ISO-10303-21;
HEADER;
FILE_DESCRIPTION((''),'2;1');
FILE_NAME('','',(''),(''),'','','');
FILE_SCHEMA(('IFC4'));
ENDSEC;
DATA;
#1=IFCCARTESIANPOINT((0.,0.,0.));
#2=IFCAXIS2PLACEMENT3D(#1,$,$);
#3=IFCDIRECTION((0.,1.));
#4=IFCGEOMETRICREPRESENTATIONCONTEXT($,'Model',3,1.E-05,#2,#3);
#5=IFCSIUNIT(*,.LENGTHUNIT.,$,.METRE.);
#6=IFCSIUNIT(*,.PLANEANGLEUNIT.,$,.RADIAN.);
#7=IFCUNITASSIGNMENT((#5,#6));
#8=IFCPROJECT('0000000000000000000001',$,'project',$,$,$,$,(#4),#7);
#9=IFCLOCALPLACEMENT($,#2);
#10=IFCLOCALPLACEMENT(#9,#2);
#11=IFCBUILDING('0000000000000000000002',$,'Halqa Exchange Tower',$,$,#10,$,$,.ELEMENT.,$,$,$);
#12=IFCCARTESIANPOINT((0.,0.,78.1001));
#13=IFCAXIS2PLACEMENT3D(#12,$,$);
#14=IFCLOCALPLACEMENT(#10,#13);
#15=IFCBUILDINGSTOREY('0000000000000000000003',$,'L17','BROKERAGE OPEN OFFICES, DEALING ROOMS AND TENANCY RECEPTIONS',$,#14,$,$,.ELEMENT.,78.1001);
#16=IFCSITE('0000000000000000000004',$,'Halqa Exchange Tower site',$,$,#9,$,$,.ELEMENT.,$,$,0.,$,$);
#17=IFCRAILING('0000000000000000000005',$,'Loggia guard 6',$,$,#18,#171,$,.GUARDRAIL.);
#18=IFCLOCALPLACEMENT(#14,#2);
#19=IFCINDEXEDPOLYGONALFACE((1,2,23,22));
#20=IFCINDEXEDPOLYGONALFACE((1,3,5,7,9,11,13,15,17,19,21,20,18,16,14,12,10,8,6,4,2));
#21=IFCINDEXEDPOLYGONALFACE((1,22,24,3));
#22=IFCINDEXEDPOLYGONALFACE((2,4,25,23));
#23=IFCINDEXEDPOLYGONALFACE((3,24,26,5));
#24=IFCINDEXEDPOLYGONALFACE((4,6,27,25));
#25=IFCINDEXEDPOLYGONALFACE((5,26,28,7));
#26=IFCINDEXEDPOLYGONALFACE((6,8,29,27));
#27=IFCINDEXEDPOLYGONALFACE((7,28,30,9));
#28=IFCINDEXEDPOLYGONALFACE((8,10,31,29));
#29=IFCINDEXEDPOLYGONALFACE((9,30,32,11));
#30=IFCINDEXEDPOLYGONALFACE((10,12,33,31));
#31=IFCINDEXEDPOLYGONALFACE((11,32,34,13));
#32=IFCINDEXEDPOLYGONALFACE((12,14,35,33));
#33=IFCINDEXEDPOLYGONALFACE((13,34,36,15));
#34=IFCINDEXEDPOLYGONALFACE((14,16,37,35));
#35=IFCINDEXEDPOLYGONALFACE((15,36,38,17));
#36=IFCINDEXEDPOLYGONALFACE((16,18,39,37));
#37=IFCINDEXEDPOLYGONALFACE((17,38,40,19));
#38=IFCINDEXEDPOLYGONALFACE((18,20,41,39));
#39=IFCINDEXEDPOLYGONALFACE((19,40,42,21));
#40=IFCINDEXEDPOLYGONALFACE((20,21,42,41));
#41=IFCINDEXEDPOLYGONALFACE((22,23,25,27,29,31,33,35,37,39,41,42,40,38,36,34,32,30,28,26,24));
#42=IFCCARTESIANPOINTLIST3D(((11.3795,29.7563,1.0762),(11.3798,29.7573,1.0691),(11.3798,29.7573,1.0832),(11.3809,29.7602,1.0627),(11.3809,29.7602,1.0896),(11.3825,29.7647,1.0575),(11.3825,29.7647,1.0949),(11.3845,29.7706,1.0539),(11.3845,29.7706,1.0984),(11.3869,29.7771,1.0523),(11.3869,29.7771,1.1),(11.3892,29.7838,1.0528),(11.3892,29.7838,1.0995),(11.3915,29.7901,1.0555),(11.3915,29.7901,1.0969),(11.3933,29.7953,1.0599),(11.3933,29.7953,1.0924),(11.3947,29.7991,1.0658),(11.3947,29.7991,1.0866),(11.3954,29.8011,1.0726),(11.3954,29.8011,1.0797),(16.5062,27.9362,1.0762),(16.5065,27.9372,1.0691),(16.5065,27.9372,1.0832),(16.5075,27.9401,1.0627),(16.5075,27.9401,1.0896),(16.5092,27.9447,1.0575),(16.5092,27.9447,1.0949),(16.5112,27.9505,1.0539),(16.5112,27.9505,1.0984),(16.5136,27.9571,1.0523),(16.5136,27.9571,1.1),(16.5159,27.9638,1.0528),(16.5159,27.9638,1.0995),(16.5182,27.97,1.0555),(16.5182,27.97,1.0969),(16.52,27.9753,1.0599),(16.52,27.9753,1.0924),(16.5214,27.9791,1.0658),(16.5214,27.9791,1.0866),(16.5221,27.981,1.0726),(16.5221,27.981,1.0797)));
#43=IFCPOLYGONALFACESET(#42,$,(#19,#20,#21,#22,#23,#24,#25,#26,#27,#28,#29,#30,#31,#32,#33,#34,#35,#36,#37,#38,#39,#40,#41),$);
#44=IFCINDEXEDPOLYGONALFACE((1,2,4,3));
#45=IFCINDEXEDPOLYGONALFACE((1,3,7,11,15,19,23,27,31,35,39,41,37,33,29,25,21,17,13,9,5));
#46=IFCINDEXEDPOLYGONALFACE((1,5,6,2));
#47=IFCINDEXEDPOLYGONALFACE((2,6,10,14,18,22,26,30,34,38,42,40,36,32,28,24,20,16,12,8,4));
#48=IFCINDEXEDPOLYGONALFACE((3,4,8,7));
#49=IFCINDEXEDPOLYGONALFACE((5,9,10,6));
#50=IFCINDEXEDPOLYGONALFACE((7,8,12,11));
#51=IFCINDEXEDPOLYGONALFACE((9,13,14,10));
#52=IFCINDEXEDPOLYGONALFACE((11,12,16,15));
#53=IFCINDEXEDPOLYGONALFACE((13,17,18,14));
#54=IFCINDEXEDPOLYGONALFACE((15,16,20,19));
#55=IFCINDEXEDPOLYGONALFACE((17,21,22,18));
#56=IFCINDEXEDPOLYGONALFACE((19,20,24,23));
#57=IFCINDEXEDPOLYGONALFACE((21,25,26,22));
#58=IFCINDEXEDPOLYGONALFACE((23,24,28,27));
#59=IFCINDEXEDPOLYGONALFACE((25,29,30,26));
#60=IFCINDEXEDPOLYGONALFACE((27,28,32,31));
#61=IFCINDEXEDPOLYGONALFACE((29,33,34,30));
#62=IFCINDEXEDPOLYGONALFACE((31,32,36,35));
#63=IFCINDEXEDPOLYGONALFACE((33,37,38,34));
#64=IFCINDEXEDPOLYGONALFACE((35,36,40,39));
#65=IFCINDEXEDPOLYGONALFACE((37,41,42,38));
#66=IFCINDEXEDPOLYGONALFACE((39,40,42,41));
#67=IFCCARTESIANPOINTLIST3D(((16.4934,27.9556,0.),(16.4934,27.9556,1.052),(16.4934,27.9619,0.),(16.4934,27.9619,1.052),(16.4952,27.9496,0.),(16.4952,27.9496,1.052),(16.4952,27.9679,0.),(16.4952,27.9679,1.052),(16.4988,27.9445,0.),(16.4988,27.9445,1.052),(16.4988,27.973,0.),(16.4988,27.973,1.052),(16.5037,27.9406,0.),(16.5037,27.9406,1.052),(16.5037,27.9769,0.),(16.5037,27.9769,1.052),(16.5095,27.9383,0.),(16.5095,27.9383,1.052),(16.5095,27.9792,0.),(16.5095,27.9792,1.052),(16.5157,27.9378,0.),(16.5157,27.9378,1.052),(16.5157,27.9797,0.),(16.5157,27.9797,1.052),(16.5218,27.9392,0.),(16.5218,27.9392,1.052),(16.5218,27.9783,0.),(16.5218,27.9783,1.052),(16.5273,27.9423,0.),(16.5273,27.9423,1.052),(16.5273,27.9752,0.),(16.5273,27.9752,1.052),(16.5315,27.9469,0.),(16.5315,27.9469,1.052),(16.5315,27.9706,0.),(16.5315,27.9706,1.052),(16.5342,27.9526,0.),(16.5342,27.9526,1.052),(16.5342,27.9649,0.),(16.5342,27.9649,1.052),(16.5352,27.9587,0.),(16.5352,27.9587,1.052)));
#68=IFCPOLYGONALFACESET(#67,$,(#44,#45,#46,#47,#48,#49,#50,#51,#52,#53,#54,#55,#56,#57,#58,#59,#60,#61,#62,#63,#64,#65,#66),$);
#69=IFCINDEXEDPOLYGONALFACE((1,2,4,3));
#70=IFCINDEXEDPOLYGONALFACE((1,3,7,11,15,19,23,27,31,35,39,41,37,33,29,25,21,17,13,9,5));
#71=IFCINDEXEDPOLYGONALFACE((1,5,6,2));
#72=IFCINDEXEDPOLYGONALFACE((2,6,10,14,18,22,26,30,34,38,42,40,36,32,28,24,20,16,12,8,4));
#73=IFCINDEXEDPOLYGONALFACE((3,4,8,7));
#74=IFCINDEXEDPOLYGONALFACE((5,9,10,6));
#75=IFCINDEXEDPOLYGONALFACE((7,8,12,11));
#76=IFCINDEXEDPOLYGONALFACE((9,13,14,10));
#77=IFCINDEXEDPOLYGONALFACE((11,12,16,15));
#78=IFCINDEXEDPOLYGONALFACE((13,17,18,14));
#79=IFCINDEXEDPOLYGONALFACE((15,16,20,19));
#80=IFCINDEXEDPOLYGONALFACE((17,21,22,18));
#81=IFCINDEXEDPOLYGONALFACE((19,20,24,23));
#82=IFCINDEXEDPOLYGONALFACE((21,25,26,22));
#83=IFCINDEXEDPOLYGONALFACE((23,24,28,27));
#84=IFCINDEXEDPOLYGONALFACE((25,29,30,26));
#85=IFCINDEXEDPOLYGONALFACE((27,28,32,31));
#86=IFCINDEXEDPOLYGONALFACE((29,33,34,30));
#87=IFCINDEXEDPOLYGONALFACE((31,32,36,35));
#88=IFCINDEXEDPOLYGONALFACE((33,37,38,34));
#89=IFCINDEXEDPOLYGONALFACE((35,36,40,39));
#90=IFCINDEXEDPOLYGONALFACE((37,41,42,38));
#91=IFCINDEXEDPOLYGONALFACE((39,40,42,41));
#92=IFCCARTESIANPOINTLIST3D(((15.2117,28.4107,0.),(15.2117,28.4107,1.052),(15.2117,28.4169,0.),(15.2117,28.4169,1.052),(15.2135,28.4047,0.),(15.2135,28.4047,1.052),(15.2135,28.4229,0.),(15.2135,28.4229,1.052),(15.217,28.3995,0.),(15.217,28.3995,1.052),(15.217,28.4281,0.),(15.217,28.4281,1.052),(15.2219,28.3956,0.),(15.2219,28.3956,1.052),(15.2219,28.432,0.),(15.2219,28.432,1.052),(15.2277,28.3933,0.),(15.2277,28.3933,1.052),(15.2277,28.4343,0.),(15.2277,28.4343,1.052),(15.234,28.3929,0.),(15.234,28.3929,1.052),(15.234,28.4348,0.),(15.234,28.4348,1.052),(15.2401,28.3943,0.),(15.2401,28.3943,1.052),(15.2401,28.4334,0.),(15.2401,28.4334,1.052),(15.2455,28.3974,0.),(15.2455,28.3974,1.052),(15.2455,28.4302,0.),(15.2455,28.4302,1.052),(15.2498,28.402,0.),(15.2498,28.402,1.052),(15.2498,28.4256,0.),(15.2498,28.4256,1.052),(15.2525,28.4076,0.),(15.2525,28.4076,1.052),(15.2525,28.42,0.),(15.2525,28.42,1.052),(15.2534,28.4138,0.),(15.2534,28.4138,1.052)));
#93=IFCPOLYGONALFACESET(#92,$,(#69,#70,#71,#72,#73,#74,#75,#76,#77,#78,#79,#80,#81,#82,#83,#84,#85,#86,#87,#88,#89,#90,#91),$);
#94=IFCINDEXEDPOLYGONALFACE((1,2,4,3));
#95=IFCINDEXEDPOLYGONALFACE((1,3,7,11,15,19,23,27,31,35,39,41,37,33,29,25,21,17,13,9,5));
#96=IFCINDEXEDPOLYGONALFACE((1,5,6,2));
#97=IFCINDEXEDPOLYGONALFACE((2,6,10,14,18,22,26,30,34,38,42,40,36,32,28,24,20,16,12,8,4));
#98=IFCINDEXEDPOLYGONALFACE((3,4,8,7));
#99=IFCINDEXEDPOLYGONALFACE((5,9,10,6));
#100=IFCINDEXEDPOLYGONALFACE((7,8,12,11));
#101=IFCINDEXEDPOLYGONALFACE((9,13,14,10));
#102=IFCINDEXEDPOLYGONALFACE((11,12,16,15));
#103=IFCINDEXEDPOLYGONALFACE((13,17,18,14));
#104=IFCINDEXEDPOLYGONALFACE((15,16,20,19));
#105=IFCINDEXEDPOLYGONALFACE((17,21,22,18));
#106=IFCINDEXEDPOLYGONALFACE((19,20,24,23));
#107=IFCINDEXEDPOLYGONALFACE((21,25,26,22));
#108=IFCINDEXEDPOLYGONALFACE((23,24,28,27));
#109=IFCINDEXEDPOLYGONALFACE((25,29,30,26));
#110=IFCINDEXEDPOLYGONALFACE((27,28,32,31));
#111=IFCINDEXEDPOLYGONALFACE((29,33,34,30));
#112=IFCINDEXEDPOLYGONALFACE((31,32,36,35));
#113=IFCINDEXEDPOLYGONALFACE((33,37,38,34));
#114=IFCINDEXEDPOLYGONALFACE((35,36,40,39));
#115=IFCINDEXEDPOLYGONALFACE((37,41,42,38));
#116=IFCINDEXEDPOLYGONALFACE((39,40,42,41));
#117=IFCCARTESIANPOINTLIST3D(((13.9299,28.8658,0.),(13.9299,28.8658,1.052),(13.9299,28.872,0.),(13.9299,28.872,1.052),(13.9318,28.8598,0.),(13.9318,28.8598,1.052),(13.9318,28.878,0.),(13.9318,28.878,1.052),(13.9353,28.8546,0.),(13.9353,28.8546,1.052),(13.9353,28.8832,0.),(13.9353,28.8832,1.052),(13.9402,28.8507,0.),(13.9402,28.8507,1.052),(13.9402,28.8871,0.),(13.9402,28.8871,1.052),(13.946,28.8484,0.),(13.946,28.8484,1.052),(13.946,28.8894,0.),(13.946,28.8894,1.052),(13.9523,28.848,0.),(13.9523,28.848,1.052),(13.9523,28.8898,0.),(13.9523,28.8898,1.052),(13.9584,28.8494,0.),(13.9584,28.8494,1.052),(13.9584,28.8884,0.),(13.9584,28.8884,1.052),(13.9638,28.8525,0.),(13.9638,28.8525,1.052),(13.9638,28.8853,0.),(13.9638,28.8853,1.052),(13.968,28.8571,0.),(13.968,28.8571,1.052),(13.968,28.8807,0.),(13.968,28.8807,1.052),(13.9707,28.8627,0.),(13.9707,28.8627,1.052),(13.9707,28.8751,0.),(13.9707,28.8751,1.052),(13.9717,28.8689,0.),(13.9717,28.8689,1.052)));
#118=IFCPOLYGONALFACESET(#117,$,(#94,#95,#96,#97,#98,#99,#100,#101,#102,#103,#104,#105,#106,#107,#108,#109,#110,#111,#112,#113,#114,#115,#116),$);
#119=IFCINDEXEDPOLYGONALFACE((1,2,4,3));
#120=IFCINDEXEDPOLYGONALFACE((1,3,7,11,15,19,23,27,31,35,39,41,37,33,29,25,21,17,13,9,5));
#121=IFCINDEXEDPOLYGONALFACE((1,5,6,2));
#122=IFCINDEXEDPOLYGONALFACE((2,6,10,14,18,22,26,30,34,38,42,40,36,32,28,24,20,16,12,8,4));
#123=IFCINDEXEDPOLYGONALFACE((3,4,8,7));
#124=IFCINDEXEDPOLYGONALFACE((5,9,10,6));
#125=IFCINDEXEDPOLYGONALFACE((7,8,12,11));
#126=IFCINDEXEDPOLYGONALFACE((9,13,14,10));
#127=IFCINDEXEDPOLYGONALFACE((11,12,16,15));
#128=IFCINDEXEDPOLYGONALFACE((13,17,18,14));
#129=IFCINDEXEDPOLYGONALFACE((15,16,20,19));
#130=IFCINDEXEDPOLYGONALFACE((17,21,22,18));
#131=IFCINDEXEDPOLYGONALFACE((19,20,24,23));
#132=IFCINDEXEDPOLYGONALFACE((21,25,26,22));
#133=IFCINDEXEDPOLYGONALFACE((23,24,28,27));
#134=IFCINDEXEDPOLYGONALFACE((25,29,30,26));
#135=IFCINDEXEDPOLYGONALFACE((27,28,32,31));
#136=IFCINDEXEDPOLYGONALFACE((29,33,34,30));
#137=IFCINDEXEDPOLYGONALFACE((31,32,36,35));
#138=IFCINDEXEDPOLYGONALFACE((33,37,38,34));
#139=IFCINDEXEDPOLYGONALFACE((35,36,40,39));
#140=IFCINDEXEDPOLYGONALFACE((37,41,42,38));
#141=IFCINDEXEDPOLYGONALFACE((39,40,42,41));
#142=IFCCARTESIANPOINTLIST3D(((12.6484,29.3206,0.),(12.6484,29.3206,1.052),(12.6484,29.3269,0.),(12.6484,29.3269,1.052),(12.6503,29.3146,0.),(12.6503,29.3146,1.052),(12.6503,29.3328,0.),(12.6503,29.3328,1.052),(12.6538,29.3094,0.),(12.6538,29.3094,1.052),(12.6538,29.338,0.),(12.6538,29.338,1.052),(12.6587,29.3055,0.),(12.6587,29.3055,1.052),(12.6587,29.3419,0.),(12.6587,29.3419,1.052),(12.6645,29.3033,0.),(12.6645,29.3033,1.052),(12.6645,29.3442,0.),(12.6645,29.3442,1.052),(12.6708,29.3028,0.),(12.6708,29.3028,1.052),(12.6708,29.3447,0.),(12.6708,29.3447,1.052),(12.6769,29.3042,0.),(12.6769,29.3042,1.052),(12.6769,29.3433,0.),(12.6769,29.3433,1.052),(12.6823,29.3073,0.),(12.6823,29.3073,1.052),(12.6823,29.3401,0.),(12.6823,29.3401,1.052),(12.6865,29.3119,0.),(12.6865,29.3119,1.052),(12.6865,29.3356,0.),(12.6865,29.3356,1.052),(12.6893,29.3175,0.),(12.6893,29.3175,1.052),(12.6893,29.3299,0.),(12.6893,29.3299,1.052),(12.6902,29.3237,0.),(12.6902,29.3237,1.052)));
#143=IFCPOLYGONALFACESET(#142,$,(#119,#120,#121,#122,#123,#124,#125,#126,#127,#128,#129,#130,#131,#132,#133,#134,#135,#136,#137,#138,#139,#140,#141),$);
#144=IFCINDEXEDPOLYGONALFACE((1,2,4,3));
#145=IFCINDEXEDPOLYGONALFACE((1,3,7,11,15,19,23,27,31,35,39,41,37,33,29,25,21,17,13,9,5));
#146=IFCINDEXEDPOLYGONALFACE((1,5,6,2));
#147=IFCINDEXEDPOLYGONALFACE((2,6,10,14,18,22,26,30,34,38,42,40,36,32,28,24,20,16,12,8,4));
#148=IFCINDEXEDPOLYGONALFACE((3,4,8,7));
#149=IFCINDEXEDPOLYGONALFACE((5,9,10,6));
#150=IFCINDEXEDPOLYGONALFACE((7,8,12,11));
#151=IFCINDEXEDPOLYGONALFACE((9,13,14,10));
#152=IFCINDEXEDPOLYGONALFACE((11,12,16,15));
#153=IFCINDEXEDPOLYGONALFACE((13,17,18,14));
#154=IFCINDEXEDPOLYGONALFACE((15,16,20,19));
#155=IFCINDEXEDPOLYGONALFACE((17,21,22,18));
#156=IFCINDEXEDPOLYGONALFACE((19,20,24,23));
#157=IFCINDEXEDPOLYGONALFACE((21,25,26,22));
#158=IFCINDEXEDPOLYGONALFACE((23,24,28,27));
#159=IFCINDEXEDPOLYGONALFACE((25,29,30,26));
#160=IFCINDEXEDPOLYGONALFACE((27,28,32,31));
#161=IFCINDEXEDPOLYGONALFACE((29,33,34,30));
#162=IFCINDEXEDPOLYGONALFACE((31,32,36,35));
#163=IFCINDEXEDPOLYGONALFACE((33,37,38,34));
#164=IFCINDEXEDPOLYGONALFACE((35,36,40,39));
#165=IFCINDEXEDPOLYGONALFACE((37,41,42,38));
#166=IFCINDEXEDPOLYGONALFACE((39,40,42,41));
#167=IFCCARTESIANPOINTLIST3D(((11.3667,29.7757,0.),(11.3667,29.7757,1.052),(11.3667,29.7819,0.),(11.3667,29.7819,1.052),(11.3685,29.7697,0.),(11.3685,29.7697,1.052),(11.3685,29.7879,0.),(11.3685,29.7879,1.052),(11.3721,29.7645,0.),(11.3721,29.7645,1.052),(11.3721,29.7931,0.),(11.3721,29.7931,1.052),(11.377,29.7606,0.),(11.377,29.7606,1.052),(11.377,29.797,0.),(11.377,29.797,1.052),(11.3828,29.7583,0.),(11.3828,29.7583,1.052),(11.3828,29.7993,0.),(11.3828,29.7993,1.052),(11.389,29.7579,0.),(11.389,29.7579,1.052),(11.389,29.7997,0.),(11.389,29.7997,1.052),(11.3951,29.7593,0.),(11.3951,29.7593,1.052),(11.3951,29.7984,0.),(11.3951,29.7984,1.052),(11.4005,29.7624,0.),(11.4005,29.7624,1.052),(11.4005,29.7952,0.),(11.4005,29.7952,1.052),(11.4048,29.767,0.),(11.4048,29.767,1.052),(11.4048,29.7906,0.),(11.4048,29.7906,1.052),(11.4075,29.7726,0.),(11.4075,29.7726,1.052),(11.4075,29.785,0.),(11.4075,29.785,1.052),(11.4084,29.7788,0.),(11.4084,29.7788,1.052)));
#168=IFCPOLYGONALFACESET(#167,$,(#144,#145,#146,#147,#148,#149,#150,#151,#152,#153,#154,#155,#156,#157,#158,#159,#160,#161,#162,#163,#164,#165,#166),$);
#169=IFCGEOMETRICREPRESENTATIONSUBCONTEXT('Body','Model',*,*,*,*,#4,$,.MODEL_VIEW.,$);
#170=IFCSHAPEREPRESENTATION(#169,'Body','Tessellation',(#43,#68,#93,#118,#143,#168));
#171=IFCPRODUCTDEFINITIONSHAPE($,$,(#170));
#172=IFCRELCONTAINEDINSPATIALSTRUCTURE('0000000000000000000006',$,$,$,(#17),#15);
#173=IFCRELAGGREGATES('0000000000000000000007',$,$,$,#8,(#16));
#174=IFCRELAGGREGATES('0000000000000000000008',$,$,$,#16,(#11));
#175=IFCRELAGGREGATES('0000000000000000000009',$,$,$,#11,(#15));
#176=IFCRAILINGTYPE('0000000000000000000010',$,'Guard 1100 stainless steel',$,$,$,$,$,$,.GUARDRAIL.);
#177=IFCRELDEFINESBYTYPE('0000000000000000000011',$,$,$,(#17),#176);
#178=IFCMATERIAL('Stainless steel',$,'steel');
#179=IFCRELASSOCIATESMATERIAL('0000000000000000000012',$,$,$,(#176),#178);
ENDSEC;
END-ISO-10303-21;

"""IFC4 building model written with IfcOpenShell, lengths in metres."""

from ifc_helpers import new_model, si_unit, direction, frame, origin, origin_2d, place, context, subcontext, project, spatial, circle, extrude, material, type_object, element, save


model = new_model("IFC4")

# Units and contexts
model_context = context("Model", 3, precision=1e-05, world=origin(), true_north=direction((0.0, 1.0)))
body_context = subcontext(model_context, "Body", "Model", "MODEL_VIEW")
ifc_project = project(units=[si_unit("LENGTHUNIT", "METRE"), si_unit("PLANEANGLEUNIT", "RADIAN")], contexts=[model_context])

# Site, building, storey
site_placement = place(None, origin())
site = spatial("IfcSite", under=ifc_project, at=site_placement, Name="Halqa Exchange Tower site", CompositionType="ELEMENT", RefElevation=0.0)
building_placement = place(site_placement, origin())
building = spatial("IfcBuilding", under=site, at=building_placement, Name="Halqa Exchange Tower", CompositionType="ELEMENT")
storey_placement = place(building_placement, frame((0.0, 0.0, 78.1001)))
storey = spatial("IfcBuildingStorey", under=building, at=storey_placement, Name="L17", Description="BROKERAGE OPEN OFFICES, DEALING ROOMS AND TENANCY RECEPTIONS", CompositionType="ELEMENT", Elevation=78.1001)

# Railing
ifc_material_1 = material(Name="Stainless steel", Category="steel")
railing_type = type_object("IfcRailingType", Name="Guard 1100 stainless steel", PredefinedType="GUARDRAIL", material=ifc_material_1)
railing_1_placement = place(storey_placement, frame((16.5142, 27.9587, 0.0)))
element("IfcRailing", 1, at=railing_1_placement, inside=storey, type_object=railing_type, Name="Loggia guard 6", PredefinedType="GUARDRAIL", context=body_context, shape_type="SweptSolid", body=[
    extrude(circle(Radius=0.0239, at=origin_2d()), frame((0.0, 0.0, 1.0762), z_axis=(-0.942375, 0.334559, 0.0), x_axis=(-0.334559, -0.942375, 0.0)), (0.0, 0.0, 1.0), 5.4402),
    extrude(circle(Radius=0.021, at=origin_2d()), origin(), (0.0, 0.0, 1.0), 1.052),
    extrude(circle(Radius=0.021, at=origin_2d()), frame((-1.2817, 0.4551, 0.0)), (0.0, 0.0, 1.0), 1.052),
    extrude(circle(Radius=0.021, at=origin_2d()), frame((-2.5635, 0.9102, 0.0)), (0.0, 0.0, 1.0), 1.052),
    extrude(circle(Radius=0.021, at=origin_2d()), frame((-3.845, 1.365, 0.0)), (0.0, 0.0, 1.0), 1.052),
    extrude(circle(Radius=0.021, at=origin_2d()), frame((-5.1267, 1.8201, 0.0)), (0.0, 0.0, 1.0), 1.052),
])

save(model, "model.ifc")
